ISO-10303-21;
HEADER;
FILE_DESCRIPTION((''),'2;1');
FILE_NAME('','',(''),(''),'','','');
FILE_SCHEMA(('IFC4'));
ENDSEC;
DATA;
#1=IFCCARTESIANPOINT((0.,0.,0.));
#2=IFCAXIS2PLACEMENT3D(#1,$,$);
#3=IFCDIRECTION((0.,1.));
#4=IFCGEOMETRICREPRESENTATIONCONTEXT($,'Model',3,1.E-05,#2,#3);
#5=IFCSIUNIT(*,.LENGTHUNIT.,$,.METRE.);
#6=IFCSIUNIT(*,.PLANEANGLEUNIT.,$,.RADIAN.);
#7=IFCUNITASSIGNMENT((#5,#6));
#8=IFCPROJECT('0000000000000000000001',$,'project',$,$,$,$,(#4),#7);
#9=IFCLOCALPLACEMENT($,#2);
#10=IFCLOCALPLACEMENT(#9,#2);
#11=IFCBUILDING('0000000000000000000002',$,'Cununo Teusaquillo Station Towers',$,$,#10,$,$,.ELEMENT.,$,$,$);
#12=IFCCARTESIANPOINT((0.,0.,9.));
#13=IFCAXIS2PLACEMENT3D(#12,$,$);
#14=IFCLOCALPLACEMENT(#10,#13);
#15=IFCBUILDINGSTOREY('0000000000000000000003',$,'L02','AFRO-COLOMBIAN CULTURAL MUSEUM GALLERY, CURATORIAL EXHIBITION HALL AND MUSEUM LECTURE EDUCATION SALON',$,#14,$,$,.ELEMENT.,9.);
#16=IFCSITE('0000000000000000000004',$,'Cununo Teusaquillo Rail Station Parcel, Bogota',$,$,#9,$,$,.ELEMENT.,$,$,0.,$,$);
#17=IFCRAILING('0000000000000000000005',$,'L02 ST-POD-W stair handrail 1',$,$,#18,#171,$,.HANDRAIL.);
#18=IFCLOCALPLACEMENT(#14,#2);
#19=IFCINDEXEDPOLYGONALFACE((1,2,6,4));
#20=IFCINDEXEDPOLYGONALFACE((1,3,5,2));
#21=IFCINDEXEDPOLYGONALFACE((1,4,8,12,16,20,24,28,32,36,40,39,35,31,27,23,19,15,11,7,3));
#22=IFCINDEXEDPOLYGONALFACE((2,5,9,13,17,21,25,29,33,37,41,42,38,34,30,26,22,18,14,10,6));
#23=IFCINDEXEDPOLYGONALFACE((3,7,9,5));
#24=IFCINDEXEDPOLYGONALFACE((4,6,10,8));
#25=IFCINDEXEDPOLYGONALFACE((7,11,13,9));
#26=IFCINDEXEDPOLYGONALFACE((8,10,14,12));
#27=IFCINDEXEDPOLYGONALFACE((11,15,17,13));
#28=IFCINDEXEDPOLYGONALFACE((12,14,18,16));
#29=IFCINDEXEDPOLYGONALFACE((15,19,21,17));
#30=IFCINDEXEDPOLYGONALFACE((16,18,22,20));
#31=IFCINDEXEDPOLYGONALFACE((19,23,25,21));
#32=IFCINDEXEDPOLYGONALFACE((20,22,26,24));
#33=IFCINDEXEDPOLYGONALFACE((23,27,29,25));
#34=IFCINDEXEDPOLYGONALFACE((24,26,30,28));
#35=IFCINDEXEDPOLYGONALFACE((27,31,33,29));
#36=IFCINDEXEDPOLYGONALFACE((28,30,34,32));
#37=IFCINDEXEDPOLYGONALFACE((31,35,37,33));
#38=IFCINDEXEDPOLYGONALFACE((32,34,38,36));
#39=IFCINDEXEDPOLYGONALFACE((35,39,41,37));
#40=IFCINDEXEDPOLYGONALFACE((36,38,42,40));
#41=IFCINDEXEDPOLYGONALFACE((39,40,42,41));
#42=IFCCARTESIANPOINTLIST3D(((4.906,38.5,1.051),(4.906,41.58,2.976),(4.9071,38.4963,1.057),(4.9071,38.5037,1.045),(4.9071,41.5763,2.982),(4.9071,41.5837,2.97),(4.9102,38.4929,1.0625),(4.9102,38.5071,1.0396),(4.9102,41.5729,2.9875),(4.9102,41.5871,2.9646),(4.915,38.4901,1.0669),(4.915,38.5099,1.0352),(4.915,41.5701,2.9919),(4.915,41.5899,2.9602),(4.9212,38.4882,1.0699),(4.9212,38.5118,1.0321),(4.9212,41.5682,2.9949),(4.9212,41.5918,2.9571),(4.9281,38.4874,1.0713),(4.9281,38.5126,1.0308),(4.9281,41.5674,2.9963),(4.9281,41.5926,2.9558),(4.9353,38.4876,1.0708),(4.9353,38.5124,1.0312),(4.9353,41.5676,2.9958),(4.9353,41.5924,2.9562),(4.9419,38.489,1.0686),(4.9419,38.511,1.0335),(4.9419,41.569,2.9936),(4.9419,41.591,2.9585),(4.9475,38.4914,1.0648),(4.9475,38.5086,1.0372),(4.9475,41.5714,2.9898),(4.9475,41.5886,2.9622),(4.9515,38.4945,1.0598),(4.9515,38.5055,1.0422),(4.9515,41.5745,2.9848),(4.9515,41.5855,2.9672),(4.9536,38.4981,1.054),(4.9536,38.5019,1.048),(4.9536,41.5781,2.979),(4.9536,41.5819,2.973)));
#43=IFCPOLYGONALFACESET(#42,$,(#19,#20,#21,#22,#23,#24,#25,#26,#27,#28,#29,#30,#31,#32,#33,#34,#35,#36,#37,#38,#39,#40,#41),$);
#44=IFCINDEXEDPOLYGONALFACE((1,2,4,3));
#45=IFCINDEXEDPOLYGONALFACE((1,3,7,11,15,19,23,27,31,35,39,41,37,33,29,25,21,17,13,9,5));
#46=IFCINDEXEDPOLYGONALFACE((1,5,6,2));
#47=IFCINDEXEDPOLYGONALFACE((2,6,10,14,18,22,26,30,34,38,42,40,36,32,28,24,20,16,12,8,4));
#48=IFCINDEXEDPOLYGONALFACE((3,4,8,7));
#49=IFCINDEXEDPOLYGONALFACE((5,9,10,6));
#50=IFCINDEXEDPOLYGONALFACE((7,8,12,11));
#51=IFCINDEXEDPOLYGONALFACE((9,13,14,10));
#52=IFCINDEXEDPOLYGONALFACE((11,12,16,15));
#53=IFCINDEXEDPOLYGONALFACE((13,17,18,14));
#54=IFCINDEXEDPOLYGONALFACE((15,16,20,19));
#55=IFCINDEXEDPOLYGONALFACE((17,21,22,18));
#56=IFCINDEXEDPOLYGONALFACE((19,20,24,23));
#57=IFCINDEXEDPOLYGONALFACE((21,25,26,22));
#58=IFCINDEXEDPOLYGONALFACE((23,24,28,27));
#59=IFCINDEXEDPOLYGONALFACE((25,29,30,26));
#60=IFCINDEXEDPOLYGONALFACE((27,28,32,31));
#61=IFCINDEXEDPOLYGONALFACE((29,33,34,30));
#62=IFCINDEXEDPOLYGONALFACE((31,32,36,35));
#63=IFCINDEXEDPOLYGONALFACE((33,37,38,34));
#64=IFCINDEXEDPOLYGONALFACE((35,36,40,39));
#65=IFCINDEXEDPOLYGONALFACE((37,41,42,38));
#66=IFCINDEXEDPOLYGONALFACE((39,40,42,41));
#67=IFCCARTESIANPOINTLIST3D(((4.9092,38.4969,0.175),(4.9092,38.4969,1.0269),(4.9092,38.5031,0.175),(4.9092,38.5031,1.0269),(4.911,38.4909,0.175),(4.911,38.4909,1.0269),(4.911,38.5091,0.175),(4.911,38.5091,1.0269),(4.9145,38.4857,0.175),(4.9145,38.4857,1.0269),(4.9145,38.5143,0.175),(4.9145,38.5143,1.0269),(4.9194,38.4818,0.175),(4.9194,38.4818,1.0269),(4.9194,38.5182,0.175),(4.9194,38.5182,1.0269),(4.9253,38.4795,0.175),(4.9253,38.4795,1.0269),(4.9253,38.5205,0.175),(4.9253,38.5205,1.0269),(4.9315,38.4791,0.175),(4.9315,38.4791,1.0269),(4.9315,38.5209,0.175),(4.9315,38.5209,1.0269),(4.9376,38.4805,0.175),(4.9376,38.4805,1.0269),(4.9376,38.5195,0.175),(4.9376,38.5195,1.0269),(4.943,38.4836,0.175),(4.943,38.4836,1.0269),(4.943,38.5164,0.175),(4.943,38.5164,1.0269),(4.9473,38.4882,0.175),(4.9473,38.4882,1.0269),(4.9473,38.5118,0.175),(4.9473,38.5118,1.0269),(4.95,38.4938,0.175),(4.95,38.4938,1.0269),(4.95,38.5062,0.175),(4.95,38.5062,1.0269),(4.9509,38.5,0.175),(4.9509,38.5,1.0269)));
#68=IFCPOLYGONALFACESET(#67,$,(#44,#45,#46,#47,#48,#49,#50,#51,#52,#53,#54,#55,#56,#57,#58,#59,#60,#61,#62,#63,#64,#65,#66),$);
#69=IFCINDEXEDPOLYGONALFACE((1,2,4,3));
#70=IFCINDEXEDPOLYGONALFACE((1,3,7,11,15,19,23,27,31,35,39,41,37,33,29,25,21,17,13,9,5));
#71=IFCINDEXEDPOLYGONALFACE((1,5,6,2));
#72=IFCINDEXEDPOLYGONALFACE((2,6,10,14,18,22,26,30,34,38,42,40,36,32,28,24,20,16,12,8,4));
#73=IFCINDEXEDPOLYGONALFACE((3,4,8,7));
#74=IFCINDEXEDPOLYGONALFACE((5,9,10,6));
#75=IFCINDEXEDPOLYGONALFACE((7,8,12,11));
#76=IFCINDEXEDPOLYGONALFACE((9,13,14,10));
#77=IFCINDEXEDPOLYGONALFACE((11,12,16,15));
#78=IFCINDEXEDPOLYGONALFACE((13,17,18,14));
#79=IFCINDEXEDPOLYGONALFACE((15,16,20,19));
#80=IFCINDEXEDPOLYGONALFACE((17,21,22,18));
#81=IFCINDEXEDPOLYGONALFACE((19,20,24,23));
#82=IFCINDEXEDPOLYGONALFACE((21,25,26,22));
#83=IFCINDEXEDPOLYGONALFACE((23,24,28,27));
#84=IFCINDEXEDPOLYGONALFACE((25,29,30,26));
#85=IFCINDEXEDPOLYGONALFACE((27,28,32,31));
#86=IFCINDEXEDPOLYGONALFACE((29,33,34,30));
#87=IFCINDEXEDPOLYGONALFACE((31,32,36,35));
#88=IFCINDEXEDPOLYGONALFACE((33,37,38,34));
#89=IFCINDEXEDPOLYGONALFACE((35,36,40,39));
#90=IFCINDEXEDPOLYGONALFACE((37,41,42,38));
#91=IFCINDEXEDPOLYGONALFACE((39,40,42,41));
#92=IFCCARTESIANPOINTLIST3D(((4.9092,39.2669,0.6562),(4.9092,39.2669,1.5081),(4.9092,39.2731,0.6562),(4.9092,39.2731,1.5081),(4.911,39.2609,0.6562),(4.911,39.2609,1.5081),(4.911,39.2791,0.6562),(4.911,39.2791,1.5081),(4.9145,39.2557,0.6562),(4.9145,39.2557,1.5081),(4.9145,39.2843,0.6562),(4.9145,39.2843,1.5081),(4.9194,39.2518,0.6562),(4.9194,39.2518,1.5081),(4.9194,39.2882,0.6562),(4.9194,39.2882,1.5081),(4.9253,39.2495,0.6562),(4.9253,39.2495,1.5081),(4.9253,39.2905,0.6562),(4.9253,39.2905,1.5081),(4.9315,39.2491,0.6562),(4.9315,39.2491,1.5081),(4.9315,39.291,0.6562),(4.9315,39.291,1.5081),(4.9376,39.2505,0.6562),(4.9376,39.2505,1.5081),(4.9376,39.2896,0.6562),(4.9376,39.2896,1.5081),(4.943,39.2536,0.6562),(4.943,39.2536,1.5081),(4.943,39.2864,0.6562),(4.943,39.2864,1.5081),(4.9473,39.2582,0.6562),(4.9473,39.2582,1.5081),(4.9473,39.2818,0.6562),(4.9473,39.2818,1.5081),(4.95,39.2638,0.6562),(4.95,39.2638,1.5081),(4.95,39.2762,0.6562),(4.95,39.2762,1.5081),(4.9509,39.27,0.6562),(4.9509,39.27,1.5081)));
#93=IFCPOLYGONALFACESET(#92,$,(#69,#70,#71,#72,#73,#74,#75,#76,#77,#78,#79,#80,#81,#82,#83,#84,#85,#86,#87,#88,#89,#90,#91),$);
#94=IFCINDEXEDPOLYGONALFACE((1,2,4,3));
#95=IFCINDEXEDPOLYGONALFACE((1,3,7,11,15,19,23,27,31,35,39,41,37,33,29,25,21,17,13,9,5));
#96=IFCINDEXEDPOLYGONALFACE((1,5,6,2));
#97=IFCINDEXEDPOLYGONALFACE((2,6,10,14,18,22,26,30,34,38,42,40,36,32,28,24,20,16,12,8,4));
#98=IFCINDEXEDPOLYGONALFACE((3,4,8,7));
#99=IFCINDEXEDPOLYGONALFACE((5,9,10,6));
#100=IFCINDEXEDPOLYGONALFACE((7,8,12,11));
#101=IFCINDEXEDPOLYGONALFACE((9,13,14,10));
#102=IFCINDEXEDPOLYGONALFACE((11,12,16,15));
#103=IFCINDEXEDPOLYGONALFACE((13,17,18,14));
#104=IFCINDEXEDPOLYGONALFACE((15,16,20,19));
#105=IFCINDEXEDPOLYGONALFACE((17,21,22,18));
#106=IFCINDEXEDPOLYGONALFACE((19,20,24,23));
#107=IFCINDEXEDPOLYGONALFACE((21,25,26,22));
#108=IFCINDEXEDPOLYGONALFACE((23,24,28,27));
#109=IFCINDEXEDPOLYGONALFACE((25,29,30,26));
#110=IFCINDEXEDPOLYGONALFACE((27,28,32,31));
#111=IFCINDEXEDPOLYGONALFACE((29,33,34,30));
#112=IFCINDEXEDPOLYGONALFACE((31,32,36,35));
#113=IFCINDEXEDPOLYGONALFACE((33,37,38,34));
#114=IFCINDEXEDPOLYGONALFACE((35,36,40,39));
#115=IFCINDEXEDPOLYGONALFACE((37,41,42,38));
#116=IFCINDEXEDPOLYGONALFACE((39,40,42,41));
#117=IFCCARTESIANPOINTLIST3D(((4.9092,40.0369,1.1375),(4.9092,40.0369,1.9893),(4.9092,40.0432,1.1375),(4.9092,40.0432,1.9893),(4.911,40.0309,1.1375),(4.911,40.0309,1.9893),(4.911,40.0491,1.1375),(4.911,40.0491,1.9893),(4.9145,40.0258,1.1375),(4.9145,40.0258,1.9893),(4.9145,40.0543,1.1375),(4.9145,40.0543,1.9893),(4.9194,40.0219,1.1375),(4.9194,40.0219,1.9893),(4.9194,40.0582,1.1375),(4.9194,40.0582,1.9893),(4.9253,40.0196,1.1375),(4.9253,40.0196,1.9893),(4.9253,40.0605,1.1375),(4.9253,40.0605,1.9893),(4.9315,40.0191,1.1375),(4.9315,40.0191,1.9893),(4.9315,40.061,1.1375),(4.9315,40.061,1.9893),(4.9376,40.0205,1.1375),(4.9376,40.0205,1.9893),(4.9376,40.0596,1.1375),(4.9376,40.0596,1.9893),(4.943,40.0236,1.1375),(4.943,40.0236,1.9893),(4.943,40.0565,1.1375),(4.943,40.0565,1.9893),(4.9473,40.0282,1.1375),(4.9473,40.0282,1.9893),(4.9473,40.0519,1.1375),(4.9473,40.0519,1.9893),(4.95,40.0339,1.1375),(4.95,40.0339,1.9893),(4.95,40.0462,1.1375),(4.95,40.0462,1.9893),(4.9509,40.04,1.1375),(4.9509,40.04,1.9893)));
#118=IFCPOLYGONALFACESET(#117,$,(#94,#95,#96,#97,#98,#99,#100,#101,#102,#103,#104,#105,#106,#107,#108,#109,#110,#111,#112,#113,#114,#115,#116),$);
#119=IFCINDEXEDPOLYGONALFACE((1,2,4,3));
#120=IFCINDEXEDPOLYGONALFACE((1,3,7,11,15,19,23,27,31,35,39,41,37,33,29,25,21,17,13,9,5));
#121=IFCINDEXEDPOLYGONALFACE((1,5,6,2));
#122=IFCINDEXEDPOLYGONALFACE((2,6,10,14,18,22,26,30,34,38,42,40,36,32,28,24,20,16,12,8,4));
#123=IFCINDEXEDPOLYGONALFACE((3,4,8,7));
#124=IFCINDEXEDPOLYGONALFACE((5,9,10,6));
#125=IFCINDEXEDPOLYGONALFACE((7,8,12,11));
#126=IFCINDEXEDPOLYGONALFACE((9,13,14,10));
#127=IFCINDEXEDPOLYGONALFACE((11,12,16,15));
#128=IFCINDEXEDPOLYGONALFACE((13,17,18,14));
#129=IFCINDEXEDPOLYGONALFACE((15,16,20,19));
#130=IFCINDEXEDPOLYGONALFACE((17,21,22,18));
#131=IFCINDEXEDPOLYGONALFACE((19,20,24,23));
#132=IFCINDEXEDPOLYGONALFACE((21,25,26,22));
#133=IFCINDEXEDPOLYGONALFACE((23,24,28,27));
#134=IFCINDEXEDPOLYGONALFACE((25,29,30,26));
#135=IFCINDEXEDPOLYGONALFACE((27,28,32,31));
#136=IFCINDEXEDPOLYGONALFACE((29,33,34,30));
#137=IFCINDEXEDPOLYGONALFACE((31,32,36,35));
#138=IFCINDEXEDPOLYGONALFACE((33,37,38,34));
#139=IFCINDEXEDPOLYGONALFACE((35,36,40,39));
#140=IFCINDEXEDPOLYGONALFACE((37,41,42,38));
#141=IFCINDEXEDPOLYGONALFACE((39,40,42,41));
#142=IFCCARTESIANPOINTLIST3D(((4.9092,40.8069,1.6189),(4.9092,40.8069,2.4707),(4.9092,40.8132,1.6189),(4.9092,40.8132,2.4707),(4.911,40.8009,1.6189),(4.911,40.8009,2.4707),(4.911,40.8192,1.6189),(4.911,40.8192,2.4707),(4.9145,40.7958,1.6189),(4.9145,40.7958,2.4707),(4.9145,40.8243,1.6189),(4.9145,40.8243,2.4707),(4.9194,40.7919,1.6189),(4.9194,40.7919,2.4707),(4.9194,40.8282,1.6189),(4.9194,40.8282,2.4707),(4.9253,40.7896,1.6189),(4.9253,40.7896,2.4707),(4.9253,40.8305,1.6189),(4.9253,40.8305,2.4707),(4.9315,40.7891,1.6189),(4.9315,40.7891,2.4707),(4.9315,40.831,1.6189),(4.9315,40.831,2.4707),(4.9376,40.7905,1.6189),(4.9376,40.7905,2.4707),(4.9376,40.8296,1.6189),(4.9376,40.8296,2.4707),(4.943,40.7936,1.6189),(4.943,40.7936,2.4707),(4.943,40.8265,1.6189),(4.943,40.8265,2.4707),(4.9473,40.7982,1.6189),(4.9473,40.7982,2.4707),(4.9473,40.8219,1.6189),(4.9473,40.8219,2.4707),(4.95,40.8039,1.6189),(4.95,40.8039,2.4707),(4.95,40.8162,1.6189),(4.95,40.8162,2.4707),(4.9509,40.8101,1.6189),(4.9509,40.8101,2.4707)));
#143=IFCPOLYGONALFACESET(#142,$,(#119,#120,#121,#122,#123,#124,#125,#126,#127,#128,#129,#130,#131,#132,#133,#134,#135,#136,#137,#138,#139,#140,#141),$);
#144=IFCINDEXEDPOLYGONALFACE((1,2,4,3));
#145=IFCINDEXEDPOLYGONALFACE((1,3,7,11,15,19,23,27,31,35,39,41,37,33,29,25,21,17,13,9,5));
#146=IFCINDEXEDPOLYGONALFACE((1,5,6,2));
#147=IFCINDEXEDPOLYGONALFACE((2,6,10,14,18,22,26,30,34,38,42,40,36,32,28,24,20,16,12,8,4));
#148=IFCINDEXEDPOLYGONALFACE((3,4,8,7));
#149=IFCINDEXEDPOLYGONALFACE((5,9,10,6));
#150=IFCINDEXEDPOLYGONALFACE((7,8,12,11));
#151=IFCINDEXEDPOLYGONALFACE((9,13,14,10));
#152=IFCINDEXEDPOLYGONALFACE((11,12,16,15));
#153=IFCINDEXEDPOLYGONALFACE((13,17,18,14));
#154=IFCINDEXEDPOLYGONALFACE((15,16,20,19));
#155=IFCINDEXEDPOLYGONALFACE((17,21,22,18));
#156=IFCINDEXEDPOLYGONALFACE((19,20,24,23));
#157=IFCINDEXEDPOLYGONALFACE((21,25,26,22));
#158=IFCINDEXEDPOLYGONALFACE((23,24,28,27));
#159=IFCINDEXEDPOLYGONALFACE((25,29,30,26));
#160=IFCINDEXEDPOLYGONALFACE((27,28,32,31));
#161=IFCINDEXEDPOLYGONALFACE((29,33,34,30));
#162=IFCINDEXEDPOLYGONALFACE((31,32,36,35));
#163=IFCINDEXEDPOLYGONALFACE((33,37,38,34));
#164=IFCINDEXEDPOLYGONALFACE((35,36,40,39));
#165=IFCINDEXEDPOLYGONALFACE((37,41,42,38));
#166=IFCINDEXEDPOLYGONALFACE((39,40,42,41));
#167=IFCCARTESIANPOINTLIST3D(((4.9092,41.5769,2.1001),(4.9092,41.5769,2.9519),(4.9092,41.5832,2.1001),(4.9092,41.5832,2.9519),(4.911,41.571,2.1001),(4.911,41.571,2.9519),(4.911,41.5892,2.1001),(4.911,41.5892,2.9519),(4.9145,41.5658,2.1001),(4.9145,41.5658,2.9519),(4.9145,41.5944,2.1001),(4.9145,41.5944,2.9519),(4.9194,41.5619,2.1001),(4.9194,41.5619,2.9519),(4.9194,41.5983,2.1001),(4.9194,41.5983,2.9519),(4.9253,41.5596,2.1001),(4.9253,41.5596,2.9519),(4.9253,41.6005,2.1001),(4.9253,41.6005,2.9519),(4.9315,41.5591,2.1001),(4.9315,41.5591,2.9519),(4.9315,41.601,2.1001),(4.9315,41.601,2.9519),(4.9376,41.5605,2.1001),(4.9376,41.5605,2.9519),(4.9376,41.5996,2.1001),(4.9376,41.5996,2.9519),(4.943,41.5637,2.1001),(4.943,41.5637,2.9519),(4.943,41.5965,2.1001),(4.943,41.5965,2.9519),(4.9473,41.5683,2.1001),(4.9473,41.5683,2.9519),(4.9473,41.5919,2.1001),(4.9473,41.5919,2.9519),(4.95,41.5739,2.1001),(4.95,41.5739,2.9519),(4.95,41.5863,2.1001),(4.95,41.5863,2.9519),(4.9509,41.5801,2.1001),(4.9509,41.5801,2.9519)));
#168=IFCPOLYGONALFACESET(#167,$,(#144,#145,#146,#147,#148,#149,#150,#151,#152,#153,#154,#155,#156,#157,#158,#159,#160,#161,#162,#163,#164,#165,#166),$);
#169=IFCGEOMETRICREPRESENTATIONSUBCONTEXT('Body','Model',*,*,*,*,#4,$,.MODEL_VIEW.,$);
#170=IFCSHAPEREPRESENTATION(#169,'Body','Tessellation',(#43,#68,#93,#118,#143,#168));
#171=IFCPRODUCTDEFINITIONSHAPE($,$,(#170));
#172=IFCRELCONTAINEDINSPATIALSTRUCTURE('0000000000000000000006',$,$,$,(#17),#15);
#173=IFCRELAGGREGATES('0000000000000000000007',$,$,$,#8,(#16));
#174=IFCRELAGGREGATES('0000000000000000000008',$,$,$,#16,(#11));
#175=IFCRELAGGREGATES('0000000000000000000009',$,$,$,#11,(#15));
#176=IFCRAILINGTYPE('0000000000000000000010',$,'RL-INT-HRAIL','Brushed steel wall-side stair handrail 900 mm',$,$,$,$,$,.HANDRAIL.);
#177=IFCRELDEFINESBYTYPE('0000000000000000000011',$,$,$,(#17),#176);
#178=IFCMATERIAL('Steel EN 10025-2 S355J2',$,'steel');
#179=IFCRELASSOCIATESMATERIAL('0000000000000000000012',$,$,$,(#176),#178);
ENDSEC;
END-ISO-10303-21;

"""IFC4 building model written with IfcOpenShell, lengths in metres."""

from ifc_helpers import new_model, si_unit, direction, frame, origin, origin_2d, place, context, subcontext, project, spatial, circle, extrude, material, type_object, element, save


model = new_model("IFC4")

# Units and contexts
model_context = context("Model", 3, precision=1e-05, world=origin(), true_north=direction((0.0, 1.0)))
body_context = subcontext(model_context, "Body", "Model", "MODEL_VIEW")
ifc_project = project(units=[si_unit("LENGTHUNIT", "METRE"), si_unit("PLANEANGLEUNIT", "RADIAN")], contexts=[model_context])

# Site, building, storey
site_placement = place(None, origin())
site = spatial("IfcSite", under=ifc_project, at=site_placement, Name="Cununo Teusaquillo Rail Station Parcel, Bogota", CompositionType="ELEMENT", RefElevation=0.0)
building_placement = place(site_placement, origin())
building = spatial("IfcBuilding", under=site, at=building_placement, Name="Cununo Teusaquillo Station Towers", CompositionType="ELEMENT")
storey_placement = place(building_placement, frame((0.0, 0.0, 9.0)))
storey = spatial("IfcBuildingStorey", under=building, at=storey_placement, Name="L02", Description="AFRO-COLOMBIAN CULTURAL MUSEUM GALLERY, CURATORIAL EXHIBITION HALL AND MUSEUM LECTURE EDUCATION SALON", CompositionType="ELEMENT", Elevation=9.0)

# Railing
ifc_material_1 = material(Name="Steel EN 10025-2 S355J2", Category="steel")
railing_type_1 = type_object("IfcRailingType", Name="RL-INT-HRAIL", Description="Brushed steel wall-side stair handrail 900 mm", PredefinedType="HANDRAIL", material=ifc_material_1)
railing_1_placement = place(storey_placement, frame((4.9299, 38.5, 0.175)))
element("IfcRailing", 1, at=railing_1_placement, inside=storey, type_object=railing_type_1, Name="L02 ST-POD-W stair handrail 1", PredefinedType="HANDRAIL", context=body_context, shape_type="SweptSolid", body=[
    extrude(circle(Radius=0.0239, at=origin_2d()), frame((0.0, 0.0, 0.876), z_axis=(0.0, 0.847998, 0.529999), x_axis=(-1.0, 0.0, 0.0)), (0.0, 0.0, 1.0), 3.6321),
    extrude(circle(Radius=0.021, at=origin_2d()), origin(), (0.0, 0.0, 1.0), 0.8518),
    extrude(circle(Radius=0.021, at=origin_2d()), frame((0.0, 0.77, 0.4812)), (0.0, 0.0, 1.0), 0.8518),
    extrude(circle(Radius=0.021, at=origin_2d()), frame((0.0, 1.54, 0.9624)), (0.0, 0.0, 1.0), 0.8518),
    extrude(circle(Radius=0.021, at=origin_2d()), frame((0.0, 2.3101, 1.4438)), (0.0, 0.0, 1.0), 0.8518),
    extrude(circle(Radius=0.021, at=origin_2d()), frame((0.0, 3.0801, 1.925)), (0.0, 0.0, 1.0), 0.8518),
])

save(model, "model.ifc")
